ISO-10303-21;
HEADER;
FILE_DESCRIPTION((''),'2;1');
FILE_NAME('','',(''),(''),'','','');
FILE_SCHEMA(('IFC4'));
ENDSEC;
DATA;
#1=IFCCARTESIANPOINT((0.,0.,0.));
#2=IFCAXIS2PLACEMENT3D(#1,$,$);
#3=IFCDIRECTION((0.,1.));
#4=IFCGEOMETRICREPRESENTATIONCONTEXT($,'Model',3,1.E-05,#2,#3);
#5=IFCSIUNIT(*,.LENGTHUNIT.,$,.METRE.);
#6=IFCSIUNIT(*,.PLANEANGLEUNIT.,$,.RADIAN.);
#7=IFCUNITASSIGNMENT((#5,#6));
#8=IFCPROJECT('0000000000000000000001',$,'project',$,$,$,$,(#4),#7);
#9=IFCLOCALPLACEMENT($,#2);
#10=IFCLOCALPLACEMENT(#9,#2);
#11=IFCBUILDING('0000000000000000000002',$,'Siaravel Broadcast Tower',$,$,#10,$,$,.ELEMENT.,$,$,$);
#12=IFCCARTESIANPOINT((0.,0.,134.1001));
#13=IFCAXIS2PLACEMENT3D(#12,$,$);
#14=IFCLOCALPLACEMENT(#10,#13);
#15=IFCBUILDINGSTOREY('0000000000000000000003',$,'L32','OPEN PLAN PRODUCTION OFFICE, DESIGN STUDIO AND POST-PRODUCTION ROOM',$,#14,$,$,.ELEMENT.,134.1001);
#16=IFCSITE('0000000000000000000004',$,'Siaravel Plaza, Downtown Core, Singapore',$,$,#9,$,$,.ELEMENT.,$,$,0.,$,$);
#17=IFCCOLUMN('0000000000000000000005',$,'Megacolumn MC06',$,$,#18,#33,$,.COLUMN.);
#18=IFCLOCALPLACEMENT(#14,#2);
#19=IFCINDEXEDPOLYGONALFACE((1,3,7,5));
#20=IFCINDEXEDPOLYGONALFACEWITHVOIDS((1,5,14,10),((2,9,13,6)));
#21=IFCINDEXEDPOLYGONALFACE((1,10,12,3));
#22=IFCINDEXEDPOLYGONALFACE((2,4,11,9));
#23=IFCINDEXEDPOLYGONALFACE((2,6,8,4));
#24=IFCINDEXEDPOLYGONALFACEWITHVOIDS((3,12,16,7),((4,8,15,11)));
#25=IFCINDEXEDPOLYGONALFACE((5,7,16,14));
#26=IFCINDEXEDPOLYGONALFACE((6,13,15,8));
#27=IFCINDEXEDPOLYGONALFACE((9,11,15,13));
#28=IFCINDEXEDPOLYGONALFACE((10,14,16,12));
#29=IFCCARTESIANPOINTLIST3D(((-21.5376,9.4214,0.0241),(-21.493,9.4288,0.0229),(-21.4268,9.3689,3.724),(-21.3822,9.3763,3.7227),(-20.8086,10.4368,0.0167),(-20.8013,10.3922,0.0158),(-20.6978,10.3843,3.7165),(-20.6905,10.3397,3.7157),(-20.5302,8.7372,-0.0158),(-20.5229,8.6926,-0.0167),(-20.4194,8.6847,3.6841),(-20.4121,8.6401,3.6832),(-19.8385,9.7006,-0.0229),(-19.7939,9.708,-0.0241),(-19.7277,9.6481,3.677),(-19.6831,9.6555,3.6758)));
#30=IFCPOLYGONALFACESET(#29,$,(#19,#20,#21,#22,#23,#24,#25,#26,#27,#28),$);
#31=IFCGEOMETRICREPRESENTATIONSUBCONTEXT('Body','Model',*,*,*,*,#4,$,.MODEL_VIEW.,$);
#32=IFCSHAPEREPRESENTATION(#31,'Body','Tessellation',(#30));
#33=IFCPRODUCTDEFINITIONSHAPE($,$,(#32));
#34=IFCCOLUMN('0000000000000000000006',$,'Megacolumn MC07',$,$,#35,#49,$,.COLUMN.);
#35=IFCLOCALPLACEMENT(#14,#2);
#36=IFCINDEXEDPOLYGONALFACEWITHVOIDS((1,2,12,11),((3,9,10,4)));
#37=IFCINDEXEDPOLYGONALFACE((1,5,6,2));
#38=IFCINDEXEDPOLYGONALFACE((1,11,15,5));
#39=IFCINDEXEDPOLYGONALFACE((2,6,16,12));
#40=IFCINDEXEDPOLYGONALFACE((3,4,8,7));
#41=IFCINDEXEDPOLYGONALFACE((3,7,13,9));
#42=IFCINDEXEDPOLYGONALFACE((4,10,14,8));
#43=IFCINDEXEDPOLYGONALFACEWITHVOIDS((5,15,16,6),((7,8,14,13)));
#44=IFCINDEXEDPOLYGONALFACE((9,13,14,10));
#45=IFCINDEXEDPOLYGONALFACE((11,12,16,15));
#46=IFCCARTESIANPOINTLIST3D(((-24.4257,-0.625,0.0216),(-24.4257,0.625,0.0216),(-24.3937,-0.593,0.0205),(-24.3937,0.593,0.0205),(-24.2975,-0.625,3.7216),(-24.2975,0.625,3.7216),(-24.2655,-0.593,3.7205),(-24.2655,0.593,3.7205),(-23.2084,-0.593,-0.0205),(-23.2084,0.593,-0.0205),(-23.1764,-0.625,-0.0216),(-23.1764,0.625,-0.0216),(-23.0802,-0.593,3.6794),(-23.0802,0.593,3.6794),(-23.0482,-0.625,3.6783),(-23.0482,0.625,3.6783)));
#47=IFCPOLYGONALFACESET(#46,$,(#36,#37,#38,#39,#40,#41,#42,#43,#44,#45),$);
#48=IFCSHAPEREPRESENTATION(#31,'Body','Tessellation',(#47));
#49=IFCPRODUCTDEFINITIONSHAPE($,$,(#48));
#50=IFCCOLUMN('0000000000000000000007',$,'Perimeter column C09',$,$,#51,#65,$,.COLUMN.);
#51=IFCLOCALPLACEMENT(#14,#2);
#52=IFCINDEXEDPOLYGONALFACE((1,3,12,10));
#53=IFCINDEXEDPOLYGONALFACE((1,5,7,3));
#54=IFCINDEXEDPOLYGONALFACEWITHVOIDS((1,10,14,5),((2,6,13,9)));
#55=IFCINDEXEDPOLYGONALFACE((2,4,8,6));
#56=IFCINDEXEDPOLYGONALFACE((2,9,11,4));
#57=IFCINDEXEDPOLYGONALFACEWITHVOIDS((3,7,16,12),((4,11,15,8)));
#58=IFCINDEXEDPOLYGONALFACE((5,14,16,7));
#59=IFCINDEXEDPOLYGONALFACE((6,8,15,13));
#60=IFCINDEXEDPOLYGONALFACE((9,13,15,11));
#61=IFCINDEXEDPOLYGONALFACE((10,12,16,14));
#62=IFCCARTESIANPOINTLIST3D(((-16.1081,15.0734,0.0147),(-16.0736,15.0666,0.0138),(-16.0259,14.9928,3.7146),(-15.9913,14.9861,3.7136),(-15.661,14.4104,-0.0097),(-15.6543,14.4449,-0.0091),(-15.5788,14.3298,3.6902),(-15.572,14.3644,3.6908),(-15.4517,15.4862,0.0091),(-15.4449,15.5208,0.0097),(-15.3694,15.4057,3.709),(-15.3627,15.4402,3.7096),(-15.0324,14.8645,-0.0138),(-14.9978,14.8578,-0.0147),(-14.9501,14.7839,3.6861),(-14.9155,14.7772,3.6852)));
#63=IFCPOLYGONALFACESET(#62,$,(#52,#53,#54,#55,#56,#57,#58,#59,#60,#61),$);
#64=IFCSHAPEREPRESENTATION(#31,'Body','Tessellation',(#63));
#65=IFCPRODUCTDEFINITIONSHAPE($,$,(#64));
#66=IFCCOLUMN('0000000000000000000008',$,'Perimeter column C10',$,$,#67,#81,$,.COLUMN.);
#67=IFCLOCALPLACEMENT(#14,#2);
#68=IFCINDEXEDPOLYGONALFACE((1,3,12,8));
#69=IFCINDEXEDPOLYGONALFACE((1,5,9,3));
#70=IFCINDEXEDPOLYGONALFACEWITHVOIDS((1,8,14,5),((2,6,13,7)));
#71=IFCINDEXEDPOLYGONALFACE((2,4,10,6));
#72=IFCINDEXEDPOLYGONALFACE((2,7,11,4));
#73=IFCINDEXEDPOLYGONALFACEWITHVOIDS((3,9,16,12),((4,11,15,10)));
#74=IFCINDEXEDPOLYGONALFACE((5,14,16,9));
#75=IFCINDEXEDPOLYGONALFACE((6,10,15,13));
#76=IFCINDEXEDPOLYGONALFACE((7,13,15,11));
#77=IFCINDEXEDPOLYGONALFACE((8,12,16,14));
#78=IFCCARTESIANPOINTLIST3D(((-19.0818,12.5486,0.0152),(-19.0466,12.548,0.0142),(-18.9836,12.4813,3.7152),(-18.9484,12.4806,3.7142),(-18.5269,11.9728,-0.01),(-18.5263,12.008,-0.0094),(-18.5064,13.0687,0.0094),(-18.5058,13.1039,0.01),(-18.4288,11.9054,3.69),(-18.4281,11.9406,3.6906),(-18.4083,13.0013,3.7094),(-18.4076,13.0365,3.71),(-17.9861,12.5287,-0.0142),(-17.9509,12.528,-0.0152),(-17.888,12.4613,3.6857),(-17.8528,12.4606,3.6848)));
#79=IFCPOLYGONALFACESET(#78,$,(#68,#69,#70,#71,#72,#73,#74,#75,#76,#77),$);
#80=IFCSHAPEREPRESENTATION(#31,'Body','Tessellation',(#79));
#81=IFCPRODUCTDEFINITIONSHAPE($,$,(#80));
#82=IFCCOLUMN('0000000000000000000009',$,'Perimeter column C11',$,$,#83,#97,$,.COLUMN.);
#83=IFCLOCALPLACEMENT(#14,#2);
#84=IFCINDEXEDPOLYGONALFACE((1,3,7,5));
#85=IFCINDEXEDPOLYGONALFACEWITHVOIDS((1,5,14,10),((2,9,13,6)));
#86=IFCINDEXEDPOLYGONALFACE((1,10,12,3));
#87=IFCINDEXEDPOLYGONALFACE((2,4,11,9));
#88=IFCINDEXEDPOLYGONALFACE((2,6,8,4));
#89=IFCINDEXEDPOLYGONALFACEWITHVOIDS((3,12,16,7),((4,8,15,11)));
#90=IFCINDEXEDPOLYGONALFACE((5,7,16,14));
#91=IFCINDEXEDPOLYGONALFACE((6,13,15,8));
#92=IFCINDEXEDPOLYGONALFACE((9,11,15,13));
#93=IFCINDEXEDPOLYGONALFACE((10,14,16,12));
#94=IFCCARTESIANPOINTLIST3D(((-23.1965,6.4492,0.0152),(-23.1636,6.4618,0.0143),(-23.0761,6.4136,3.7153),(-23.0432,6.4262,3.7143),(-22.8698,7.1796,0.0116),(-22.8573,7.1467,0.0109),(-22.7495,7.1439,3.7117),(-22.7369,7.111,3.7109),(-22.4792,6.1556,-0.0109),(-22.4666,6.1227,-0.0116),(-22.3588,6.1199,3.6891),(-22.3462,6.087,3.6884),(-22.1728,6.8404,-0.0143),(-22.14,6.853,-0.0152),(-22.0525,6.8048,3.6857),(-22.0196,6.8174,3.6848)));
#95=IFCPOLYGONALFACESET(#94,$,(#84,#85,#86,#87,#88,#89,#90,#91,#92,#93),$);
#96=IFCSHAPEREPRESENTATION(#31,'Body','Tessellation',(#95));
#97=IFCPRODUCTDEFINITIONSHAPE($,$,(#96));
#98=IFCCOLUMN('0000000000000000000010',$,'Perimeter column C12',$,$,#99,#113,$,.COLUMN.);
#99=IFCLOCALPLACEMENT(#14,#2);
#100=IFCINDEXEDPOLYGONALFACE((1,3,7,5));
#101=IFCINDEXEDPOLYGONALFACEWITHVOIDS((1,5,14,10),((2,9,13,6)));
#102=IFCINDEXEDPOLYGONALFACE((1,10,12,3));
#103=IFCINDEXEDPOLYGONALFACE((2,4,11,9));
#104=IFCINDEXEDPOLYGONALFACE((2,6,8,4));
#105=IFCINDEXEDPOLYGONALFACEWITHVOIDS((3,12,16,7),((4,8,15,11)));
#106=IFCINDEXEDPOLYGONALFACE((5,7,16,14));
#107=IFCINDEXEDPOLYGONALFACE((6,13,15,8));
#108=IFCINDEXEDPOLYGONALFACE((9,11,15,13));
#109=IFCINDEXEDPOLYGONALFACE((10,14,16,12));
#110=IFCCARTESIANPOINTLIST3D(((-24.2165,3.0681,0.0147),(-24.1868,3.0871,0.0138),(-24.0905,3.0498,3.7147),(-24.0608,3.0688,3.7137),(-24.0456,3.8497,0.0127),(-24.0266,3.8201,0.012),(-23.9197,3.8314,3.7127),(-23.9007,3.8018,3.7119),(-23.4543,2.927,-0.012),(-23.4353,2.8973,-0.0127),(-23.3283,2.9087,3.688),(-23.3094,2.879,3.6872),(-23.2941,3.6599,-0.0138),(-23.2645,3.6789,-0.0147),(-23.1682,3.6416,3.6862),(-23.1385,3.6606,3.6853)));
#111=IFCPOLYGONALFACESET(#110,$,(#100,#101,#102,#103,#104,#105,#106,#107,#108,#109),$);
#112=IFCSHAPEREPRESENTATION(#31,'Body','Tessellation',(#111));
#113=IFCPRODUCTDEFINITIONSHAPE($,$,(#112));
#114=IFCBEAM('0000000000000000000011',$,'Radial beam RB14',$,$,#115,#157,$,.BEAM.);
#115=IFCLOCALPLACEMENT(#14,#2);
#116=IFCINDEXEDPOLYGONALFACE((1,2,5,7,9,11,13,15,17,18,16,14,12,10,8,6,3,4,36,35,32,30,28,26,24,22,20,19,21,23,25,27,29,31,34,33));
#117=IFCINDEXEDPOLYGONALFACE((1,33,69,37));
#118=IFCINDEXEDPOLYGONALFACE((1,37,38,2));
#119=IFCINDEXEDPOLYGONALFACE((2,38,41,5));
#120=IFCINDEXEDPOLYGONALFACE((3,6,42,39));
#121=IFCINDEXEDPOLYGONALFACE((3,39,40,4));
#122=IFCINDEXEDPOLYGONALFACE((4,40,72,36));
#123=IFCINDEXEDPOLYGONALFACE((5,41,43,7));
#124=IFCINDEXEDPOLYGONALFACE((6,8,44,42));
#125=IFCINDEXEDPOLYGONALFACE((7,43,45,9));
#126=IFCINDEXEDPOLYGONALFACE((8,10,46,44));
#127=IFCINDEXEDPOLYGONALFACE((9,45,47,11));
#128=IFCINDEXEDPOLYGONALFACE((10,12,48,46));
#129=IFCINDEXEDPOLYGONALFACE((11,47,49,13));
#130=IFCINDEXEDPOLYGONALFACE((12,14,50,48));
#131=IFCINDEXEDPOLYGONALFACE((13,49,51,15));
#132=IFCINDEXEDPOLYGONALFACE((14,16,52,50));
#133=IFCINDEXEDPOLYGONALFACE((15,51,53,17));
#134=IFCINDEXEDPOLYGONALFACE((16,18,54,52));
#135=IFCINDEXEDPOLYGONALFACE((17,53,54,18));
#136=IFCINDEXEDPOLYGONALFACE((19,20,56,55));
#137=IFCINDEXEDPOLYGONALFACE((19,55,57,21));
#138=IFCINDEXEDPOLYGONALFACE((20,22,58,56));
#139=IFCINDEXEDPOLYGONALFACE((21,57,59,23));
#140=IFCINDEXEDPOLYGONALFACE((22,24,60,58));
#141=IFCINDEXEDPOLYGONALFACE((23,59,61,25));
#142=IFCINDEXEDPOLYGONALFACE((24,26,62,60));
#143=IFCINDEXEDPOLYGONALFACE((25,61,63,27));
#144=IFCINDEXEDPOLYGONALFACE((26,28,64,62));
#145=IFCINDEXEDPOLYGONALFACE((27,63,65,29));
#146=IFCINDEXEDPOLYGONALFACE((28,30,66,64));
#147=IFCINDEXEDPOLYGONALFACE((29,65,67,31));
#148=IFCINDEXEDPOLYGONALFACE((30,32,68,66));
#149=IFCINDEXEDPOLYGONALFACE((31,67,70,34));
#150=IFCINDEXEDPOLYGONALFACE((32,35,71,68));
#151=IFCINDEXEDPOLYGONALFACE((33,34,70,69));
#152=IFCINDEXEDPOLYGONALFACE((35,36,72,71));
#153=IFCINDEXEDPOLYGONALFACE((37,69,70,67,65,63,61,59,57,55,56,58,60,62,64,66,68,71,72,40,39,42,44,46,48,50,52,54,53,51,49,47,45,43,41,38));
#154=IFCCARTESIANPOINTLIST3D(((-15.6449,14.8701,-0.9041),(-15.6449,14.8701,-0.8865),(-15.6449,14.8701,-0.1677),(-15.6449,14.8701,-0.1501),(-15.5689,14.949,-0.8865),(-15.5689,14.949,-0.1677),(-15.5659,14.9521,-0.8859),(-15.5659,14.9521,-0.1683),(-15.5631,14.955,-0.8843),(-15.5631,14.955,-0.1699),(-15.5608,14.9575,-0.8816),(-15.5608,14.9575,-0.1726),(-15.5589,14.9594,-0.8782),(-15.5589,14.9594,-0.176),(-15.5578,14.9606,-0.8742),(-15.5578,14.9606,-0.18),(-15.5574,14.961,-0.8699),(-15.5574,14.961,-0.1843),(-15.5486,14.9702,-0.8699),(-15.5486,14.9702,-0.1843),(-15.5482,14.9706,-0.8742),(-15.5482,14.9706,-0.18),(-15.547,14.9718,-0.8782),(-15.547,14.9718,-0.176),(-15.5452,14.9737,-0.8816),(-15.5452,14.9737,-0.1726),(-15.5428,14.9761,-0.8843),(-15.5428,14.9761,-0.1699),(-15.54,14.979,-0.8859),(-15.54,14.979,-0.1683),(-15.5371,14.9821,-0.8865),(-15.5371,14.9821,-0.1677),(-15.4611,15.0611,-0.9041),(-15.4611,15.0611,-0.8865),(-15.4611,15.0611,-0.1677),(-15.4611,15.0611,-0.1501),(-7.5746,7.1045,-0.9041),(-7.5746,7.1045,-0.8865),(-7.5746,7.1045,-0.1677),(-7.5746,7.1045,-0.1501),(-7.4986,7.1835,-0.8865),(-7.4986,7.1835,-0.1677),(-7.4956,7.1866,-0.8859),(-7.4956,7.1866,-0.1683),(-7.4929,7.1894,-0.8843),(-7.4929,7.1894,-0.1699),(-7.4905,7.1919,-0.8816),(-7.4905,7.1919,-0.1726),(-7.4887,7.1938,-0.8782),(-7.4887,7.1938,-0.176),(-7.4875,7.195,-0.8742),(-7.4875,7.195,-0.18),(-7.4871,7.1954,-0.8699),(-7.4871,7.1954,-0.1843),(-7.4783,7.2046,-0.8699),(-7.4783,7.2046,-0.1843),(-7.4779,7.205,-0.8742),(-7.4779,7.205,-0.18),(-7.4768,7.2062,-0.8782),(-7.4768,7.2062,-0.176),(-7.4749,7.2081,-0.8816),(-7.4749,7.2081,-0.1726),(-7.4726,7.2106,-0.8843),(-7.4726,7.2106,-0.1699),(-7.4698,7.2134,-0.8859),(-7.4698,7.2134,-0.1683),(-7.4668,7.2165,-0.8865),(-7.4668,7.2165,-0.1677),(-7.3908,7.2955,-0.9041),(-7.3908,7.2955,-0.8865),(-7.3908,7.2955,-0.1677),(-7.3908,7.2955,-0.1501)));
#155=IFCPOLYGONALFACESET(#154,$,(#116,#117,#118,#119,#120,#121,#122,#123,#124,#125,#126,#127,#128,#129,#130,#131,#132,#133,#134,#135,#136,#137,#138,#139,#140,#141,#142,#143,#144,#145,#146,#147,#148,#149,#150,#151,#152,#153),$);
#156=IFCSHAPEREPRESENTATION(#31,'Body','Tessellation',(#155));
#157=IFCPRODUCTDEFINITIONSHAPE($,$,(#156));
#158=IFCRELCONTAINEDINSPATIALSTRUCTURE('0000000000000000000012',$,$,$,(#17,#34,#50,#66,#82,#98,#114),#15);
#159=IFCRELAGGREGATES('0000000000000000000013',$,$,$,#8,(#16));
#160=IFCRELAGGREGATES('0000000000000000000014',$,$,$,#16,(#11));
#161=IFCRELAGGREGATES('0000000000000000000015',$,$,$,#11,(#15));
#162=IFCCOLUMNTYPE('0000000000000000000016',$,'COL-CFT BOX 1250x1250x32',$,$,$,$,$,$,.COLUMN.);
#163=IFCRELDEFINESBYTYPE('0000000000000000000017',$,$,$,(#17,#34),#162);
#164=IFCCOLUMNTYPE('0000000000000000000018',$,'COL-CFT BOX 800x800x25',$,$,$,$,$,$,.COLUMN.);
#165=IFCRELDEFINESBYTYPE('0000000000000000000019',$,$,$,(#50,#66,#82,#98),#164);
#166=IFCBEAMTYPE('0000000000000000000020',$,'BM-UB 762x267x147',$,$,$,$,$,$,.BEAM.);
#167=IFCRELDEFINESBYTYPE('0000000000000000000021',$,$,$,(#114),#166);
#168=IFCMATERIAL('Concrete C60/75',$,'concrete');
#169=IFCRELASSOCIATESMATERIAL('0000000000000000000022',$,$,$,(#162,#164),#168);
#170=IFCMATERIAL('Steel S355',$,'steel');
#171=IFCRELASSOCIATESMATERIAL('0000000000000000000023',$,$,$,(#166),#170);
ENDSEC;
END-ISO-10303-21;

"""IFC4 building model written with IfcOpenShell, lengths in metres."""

from ifc_helpers import new_model, si_unit, direction, frame, origin, origin_2d, place, context, subcontext, project, spatial, hollow_rectangle, i_section, extrude, material, material_profile, profile_set, type_object, element, save


model = new_model("IFC4")

# Units and contexts
model_context = context("Model", 3, precision=1e-05, world=origin(), true_north=direction((0.0, 1.0)))
body_context = subcontext(model_context, "Body", "Model", "MODEL_VIEW")
ifc_project = project(units=[si_unit("LENGTHUNIT", "METRE"), si_unit("PLANEANGLEUNIT", "RADIAN")], contexts=[model_context])

# Site, building, storey
site_placement = place(None, origin())
site = spatial("IfcSite", under=ifc_project, at=site_placement, Name="Siaravel Plaza, Downtown Core, Singapore", CompositionType="ELEMENT", RefElevation=0.0)
building_placement = place(site_placement, origin())
building = spatial("IfcBuilding", under=site, at=building_placement, Name="Siaravel Broadcast Tower", CompositionType="ELEMENT")
storey_placement = place(building_placement, frame((0.0, 0.0, 134.1001)))
storey = spatial("IfcBuildingStorey", under=building, at=storey_placement, Name="L32", Description="OPEN PLAN PRODUCTION OFFICE, DESIGN STUDIO AND POST-PRODUCTION ROOM", CompositionType="ELEMENT", Elevation=134.1001)

# Columns
ifc_material_1 = material(Name="Concrete C60/75", Category="concrete")
ifc_material_profile_1 = material_profile(ifc_material_1, hollow_rectangle(XDim=1.25, YDim=1.25, WallThickness=0.032, at=origin_2d()))
ifc_profile_set_1 = profile_set([ifc_material_profile_1], Name="Concrete C60/75")
column_type_1 = type_object("IfcColumnType", Name="COL-CFT BOX 1250x1250x32", PredefinedType="COLUMN", material=ifc_profile_set_1)
column_1_placement = place(storey_placement, frame((-20.6658, 9.5647, 0.0), z_axis=(0.029941, -0.014179, 0.999451), x_axis=(0.583208, 0.812301, -0.005947)))
element("IfcColumn", 1, at=column_1_placement, inside=storey, type_object=column_type_1, Name="Megacolumn MC06", PredefinedType="COLUMN", context=body_context, shape_type="SweptSolid", body=[
    extrude(hollow_rectangle(XDim=1.25, YDim=1.25, WallThickness=0.032, at=origin_2d()), origin(), (0.0, 0.0, 1.0), 3.7019),
])
column_2_placement = place(storey_placement, frame((-23.801, 0.0, 0.0), z_axis=(0.034621, 0.0, 0.999401), x_axis=(0.0, 1.0, 0.0)))
element("IfcColumn", 2, at=column_2_placement, inside=storey, type_object=column_type_1, Name="Megacolumn MC07", PredefinedType="COLUMN", context=body_context, shape_type="SweptSolid", body=[
    extrude(hollow_rectangle(XDim=1.25, YDim=1.25, WallThickness=0.032, at=origin_2d()), origin(), (0.0, 0.0, 1.0), 3.7021),
])
ifc_material_profile_2 = material_profile(ifc_material_1, hollow_rectangle(XDim=0.8, YDim=0.8, WallThickness=0.0249, at=origin_2d()))
ifc_profile_set_2 = profile_set([ifc_material_profile_2], Name="Concrete C60/75")
column_type_2 = type_object("IfcColumnType", Name="COL-CFT BOX 800x800x25", PredefinedType="COLUMN", material=ifc_profile_set_2)
column_3_placement = place(storey_placement, frame((-15.553, 14.9656, 0.0), z_axis=(0.022226, -0.021764, 0.999516), x_axis=(0.828965, 0.559265, -0.006256)))
element("IfcColumn", 3, at=column_3_placement, inside=storey, type_object=column_type_2, Name="Perimeter column C09", PredefinedType="COLUMN", context=body_context, shape_type="SweptSolid", body=[
    extrude(hollow_rectangle(XDim=0.8, YDim=0.8, WallThickness=0.0249, at=origin_2d()), origin(), (0.0, 0.0, 1.0), 3.7017),
])
column_4_placement = place(storey_placement, frame((-18.5164, 12.5383, 0.0), z_axis=(0.026512, -0.018202, 0.999483), x_axis=(0.719972, 0.693973, -0.006459)))
element("IfcColumn", 4, at=column_4_placement, inside=storey, type_object=column_type_2, Name="Perimeter column C10", PredefinedType="COLUMN", context=body_context, shape_type="SweptSolid", body=[
    extrude(hollow_rectangle(XDim=0.8, YDim=0.8, WallThickness=0.0249, at=origin_2d()), origin(), (0.0, 0.0, 1.0), 3.7019),
])
for number, where, z_axis, x_axis, name in (
    (5, (-22.6682, 6.6511, 0.0), (0.032512, -0.009628, 0.999425), (0.408281, 0.912845, -0.004487), "Perimeter column C11"),
    (6, (-23.7405, 3.3735, 0.0), (0.034028, -0.004946, 0.999409), (0.213517, 0.976936, -0.002435), "Perimeter column C12"),
):
    element("IfcColumn", number, at=place(storey_placement, frame(where, z_axis=z_axis, x_axis=x_axis)), inside=storey, type_object=column_type_2, Name=name, PredefinedType="COLUMN", context=body_context, shape_type="SweptSolid", body=[
        extrude(hollow_rectangle(XDim=0.8, YDim=0.8, WallThickness=0.0249, at=origin_2d()), origin(), (0.0, 0.0, 1.0), 3.7021),
    ])

# Beam
ifc_material_2 = material(Name="Steel S355", Category="steel")
ifc_material_profile_3 = material_profile(ifc_material_2, i_section(OverallWidth=0.2651, OverallDepth=0.7539, WebThickness=0.0127, FlangeThickness=0.0176, FilletRadius=0.0166, at=origin_2d()))
ifc_profile_set_3 = profile_set([ifc_material_profile_3], Name="Steel S355")
beam_type = type_object("IfcBeamType", Name="BM-UB 762x267x147", PredefinedType="BEAM", material=ifc_profile_set_3)
beam_1_placement = place(storey_placement, frame((-15.553, 14.9656, -0.5271), z_axis=(0.720578, -0.693374, 0.0), x_axis=(0.693374, 0.720578, 0.0)))
element("IfcBeam", 7, at=beam_1_placement, inside=storey, type_object=beam_type, Name="Radial beam RB14", PredefinedType="BEAM", context=body_context, shape_type="SweptSolid", body=[
    extrude(i_section(OverallWidth=0.2651, OverallDepth=0.7539, WebThickness=0.0127, FlangeThickness=0.0176, FilletRadius=0.0166, at=origin_2d()), origin(), (0.0, 0.0, 1.0), 11.1997),
])

save(model, "model.ifc")
